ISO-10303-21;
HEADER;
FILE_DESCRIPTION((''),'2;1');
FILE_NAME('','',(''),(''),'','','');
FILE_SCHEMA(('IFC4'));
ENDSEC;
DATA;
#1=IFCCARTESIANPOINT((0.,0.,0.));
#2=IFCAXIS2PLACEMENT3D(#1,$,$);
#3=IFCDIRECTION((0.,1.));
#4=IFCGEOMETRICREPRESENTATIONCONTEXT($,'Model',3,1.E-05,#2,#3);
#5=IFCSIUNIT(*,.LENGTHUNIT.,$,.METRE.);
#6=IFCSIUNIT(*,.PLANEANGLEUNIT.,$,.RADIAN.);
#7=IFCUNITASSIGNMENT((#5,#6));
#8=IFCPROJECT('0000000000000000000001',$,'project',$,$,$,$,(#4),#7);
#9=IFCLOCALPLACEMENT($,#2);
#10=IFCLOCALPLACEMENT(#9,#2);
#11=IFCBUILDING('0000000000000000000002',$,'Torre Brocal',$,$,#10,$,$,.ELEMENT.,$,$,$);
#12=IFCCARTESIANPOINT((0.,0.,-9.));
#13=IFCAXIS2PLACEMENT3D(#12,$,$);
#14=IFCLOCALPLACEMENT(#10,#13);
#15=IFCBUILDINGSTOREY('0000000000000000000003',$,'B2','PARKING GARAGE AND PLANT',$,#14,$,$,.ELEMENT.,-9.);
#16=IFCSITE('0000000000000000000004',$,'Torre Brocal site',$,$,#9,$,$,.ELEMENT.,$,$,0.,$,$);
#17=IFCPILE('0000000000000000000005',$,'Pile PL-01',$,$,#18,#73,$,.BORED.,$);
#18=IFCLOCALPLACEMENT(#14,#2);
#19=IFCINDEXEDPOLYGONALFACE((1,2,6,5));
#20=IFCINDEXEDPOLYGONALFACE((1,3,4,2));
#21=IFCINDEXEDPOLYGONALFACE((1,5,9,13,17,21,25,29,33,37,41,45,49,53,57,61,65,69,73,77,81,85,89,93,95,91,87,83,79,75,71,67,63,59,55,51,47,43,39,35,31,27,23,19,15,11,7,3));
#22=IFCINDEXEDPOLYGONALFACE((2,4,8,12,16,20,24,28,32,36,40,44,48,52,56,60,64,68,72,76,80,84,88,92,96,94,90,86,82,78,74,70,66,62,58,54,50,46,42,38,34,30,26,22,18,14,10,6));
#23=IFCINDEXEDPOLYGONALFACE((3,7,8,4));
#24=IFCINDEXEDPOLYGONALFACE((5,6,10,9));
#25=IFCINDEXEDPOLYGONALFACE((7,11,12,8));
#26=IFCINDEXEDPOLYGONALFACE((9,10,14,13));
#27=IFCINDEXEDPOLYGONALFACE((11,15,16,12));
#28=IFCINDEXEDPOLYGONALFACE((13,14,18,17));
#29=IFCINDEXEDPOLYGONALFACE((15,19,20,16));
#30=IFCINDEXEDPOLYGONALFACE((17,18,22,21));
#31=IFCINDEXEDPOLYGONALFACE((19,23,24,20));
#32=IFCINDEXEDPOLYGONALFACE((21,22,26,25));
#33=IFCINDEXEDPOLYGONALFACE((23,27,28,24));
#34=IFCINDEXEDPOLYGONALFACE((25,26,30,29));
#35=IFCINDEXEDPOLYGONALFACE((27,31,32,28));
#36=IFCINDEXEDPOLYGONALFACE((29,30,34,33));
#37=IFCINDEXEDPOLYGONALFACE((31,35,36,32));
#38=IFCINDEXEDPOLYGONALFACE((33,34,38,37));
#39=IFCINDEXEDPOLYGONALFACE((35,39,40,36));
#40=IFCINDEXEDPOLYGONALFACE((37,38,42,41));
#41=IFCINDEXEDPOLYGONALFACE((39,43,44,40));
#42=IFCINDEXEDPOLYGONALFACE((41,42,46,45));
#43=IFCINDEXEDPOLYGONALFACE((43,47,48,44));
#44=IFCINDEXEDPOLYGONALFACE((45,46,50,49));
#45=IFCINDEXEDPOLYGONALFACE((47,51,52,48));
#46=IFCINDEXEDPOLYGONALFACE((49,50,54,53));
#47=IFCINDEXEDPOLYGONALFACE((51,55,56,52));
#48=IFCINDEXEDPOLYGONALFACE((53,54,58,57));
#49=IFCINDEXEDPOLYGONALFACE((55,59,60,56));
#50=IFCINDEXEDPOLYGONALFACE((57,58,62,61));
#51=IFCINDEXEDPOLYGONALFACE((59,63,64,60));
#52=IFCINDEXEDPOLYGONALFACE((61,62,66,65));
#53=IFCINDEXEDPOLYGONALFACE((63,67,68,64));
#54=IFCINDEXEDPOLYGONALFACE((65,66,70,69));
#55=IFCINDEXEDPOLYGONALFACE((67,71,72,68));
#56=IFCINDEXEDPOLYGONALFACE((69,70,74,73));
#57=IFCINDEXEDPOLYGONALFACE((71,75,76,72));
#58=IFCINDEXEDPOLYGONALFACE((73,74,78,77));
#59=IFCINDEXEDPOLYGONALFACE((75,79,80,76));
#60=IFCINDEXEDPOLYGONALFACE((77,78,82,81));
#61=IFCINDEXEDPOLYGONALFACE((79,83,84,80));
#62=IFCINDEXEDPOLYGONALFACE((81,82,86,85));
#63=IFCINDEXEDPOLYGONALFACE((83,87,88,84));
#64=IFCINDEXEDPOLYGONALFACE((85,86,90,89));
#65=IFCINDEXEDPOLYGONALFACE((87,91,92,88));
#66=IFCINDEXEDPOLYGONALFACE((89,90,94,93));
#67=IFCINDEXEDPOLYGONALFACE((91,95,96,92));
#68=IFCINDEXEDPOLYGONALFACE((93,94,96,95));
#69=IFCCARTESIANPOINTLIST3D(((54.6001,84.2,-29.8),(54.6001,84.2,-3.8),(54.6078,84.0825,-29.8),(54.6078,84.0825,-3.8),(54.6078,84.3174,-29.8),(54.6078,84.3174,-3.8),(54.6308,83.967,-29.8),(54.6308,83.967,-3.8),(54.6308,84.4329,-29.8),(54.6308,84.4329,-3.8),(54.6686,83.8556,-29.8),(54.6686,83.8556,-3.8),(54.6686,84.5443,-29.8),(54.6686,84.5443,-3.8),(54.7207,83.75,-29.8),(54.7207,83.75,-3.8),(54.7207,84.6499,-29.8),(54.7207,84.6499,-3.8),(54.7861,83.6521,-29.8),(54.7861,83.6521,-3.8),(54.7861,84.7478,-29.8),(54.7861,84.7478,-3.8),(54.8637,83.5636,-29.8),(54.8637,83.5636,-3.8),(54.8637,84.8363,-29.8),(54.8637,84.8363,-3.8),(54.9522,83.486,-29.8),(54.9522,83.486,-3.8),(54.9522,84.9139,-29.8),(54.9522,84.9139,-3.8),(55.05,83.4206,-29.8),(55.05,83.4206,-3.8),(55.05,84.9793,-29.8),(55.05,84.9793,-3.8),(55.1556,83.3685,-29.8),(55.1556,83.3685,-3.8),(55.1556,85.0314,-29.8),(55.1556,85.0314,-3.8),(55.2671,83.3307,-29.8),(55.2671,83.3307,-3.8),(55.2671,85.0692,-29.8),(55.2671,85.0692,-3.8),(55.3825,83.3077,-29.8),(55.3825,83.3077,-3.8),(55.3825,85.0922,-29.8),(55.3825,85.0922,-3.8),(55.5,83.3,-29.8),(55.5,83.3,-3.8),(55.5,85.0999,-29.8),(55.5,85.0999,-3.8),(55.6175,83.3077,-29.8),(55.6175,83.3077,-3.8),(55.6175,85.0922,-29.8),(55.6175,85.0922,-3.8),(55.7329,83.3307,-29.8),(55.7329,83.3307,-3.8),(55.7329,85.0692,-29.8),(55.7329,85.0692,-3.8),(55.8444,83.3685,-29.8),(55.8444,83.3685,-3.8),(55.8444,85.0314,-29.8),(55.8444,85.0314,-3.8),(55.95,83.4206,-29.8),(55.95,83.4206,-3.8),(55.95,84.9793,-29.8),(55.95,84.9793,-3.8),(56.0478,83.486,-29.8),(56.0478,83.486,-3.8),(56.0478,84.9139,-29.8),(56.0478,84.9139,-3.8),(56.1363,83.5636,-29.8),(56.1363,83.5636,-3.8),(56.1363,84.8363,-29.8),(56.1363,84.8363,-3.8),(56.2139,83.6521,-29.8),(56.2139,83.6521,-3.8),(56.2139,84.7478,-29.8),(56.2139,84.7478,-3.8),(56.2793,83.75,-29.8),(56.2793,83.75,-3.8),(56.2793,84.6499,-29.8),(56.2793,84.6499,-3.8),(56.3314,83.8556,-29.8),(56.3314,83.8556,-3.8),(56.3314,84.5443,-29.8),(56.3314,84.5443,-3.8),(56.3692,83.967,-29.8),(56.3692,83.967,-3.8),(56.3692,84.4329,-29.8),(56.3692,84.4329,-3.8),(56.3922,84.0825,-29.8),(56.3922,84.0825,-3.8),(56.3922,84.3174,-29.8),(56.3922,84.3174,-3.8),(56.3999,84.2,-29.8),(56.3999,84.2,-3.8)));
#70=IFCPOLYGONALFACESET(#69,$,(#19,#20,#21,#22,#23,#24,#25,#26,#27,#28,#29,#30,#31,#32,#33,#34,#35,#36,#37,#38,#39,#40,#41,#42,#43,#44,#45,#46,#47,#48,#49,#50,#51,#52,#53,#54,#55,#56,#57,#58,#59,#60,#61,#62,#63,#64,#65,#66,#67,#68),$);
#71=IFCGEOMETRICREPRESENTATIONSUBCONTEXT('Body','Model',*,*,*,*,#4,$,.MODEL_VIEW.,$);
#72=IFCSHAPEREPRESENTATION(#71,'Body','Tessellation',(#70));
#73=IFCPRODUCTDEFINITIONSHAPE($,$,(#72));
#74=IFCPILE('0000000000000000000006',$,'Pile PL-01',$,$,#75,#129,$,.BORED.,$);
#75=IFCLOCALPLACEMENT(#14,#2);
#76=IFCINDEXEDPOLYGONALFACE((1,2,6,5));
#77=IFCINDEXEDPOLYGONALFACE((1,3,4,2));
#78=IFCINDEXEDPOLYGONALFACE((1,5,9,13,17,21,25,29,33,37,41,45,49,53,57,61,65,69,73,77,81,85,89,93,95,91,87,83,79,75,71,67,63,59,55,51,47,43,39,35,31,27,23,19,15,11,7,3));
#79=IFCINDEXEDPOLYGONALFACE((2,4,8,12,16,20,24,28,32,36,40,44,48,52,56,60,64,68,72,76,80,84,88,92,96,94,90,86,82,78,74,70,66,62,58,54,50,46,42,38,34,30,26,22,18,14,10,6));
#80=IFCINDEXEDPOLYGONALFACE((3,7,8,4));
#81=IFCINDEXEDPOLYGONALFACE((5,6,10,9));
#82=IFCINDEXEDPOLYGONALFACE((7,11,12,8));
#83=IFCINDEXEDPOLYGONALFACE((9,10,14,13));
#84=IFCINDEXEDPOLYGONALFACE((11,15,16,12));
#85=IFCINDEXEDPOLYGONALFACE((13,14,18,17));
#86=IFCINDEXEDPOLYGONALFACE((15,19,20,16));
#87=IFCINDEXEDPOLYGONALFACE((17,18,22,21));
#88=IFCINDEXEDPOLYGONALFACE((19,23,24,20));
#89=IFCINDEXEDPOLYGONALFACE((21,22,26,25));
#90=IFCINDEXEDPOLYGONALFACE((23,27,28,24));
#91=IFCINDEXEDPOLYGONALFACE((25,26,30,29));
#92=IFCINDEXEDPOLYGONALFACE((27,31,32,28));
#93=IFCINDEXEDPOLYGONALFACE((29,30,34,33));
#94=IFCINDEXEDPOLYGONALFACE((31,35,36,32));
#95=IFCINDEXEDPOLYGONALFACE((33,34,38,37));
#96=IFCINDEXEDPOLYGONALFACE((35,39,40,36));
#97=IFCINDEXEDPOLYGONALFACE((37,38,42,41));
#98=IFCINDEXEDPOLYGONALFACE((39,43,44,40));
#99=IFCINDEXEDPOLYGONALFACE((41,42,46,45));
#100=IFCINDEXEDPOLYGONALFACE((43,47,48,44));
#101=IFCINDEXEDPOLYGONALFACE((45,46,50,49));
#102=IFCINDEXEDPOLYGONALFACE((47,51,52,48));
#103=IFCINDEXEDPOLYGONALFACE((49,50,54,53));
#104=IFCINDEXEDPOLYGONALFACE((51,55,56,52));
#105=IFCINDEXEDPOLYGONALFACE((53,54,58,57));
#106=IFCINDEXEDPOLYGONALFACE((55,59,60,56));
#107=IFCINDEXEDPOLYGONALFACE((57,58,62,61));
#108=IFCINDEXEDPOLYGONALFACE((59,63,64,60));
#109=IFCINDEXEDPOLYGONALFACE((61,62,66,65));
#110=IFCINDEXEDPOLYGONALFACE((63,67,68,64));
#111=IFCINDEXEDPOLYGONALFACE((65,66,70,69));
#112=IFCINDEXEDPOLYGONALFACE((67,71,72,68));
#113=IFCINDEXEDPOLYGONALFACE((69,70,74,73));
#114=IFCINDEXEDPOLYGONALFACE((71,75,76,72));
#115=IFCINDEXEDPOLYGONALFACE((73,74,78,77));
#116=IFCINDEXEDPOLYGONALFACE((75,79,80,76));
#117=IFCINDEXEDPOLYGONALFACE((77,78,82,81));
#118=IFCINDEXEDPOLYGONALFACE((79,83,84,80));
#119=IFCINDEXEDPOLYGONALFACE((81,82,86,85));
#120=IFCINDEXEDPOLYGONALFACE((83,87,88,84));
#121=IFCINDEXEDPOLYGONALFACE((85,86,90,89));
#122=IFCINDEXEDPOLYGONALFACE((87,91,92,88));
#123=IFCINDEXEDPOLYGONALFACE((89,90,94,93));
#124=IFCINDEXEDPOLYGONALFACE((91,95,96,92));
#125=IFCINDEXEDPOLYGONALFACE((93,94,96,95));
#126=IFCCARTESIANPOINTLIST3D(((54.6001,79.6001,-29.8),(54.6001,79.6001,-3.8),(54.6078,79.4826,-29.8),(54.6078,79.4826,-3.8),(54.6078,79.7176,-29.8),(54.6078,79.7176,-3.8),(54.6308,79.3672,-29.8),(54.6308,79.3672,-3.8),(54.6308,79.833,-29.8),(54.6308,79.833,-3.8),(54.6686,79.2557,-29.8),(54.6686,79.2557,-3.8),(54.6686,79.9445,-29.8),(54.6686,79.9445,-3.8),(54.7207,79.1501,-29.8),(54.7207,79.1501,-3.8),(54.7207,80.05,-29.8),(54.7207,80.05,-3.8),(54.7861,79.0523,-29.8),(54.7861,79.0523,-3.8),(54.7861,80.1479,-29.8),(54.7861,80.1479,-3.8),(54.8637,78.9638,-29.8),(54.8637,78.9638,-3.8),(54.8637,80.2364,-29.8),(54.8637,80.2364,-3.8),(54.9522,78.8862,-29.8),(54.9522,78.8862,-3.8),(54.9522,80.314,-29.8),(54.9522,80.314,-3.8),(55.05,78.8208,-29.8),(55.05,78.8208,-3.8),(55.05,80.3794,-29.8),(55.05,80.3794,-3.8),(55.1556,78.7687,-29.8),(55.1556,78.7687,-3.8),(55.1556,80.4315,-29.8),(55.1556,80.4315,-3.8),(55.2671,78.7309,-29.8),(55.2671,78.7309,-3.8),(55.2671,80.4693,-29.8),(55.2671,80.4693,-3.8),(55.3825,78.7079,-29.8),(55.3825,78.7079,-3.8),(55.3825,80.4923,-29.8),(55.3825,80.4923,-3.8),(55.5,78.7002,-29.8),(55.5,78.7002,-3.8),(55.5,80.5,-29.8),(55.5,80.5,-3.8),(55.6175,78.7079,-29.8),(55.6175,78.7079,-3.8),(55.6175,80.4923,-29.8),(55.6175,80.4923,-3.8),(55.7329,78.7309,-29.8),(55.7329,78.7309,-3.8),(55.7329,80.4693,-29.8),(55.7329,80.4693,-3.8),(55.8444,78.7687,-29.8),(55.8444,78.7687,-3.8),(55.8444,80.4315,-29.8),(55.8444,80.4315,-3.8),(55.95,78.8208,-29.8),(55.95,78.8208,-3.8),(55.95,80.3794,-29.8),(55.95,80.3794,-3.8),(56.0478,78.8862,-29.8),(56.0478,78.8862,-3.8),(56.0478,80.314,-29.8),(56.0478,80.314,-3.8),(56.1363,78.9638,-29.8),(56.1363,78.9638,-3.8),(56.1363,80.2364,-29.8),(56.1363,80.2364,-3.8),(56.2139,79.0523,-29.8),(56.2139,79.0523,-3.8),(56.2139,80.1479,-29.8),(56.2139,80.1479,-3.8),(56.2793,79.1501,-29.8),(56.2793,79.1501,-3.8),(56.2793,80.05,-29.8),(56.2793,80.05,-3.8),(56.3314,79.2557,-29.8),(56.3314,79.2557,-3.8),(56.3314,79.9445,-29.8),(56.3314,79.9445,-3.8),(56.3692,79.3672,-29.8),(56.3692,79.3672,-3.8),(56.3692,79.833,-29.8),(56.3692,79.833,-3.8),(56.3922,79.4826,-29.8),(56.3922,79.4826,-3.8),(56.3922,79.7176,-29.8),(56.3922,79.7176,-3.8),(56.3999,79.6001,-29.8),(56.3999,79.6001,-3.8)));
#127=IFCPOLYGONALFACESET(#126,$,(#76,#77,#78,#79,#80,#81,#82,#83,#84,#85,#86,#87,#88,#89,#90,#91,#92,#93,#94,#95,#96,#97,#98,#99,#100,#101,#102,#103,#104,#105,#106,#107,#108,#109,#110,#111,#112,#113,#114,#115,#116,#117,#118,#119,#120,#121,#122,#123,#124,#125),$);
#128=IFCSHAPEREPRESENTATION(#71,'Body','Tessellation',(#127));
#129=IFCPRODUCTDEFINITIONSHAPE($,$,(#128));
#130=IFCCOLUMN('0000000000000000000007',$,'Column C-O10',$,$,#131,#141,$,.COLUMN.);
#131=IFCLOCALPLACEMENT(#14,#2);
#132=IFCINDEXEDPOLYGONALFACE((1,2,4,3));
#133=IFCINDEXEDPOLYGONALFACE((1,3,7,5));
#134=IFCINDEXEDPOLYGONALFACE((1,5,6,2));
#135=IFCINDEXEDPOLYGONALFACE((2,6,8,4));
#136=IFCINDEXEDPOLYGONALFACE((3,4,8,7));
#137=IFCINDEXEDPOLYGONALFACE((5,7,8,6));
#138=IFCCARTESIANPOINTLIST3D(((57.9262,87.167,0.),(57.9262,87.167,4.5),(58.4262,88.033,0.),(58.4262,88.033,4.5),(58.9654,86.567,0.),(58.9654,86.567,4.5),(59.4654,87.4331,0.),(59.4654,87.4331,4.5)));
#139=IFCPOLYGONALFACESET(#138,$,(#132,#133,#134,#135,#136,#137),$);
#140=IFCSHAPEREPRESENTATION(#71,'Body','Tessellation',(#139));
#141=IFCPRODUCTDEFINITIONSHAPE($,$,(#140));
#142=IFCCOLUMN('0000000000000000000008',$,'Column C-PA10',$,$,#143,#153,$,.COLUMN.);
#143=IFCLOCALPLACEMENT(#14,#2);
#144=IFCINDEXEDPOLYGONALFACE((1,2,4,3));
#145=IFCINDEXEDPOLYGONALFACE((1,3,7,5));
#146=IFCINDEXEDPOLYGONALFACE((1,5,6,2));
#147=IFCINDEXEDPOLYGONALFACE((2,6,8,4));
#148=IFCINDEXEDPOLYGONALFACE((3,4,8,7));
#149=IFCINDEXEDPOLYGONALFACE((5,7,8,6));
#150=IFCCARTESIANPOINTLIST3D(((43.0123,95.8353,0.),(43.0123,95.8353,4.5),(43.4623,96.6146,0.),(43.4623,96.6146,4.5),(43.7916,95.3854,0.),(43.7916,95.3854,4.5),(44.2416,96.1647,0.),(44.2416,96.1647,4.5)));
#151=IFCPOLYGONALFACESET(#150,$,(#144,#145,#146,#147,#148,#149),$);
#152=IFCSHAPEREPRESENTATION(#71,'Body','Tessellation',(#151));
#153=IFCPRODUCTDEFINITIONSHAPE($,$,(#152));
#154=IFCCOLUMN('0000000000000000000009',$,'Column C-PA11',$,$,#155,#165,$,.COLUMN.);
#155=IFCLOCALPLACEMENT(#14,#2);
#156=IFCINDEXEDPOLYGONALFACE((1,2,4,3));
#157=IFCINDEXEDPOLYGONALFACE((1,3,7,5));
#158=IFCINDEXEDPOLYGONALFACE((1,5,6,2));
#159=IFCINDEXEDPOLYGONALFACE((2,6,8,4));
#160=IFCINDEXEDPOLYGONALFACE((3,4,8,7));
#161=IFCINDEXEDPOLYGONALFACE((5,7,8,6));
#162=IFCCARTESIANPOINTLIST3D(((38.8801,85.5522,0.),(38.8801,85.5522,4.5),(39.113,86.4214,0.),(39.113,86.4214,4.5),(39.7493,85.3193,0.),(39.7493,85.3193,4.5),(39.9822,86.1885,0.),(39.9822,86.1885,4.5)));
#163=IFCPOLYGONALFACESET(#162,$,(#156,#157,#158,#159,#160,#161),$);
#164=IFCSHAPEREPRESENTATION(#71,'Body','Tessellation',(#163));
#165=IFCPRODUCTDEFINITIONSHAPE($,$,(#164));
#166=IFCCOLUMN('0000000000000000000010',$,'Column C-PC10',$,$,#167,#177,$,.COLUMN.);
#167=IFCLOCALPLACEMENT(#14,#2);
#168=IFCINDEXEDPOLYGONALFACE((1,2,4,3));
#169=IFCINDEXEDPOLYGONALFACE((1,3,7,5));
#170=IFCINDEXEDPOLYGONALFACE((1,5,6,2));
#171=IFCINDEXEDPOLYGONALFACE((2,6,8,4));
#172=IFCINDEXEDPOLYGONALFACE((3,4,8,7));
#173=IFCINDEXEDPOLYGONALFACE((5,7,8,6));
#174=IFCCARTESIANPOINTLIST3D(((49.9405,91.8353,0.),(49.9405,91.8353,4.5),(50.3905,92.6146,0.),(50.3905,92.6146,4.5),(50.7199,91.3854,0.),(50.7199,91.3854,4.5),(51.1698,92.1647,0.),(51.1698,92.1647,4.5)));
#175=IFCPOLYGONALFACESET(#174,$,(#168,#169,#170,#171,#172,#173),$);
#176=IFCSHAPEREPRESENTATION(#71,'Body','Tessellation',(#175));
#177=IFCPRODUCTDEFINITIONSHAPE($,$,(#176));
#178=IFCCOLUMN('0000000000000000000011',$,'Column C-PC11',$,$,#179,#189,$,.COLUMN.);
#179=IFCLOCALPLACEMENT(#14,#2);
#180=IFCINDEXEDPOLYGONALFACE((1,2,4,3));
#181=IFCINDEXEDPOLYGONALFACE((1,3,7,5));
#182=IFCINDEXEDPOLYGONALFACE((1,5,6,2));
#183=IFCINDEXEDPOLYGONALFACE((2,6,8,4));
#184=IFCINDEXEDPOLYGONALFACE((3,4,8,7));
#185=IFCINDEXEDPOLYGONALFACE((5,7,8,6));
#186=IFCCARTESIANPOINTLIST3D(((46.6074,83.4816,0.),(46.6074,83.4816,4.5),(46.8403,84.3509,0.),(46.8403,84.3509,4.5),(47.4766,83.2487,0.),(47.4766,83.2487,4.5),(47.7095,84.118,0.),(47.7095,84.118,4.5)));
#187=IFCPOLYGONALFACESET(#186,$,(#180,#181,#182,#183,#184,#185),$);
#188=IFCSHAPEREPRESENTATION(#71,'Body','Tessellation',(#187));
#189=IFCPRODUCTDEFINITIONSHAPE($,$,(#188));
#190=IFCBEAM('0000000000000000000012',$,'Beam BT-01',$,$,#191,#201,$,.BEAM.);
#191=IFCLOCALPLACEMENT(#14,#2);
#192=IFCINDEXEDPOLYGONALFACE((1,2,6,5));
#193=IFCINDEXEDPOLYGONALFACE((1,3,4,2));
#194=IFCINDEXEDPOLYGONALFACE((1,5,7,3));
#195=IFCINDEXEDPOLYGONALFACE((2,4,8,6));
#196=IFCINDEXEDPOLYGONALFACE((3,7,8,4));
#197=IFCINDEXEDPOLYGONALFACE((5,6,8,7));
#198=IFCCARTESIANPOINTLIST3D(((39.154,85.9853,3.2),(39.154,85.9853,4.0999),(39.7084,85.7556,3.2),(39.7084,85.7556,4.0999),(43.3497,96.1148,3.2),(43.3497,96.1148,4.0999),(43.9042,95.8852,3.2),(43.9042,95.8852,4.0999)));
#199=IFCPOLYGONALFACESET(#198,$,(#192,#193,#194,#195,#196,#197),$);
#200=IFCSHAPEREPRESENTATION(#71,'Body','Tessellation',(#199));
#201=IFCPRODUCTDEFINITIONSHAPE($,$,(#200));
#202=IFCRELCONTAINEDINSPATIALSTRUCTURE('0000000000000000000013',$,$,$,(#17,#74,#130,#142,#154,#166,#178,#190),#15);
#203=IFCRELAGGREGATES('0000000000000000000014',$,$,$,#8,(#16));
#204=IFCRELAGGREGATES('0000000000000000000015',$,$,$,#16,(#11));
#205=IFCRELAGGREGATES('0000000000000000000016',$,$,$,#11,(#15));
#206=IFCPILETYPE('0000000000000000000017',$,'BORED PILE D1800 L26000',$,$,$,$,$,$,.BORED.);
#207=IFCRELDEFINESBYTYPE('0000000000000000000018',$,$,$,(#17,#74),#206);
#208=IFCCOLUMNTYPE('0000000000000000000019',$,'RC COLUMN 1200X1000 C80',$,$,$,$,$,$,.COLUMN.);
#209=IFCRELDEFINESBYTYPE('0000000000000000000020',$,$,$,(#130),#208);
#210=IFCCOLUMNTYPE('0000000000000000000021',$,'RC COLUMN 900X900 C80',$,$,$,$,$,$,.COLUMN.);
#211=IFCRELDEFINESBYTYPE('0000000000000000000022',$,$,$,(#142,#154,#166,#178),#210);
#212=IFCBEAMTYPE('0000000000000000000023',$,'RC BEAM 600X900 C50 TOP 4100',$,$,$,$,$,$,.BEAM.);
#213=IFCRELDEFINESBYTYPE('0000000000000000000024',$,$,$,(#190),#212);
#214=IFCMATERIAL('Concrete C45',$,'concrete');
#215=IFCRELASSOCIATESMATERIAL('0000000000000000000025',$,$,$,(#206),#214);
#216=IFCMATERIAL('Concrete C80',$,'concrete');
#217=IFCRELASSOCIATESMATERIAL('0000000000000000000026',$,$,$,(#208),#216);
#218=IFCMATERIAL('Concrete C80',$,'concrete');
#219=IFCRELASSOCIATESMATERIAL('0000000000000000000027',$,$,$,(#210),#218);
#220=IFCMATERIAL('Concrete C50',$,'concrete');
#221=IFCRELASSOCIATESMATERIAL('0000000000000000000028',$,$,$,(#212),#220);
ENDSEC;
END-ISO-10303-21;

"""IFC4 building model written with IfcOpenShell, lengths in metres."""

from ifc_helpers import new_model, si_unit, direction, frame, origin, origin_2d, place, context, subcontext, project, spatial, rectangle, circle, extrude, material, material_profile, profile_set, type_object, element, save


model = new_model("IFC4")

# Units and contexts
model_context = context("Model", 3, precision=1e-05, world=origin(), true_north=direction((0.0, 1.0)))
body_context = subcontext(model_context, "Body", "Model", "MODEL_VIEW")
ifc_project = project(units=[si_unit("LENGTHUNIT", "METRE"), si_unit("PLANEANGLEUNIT", "RADIAN")], contexts=[model_context])

# Site, building, storey
site_placement = place(None, origin())
site = spatial("IfcSite", under=ifc_project, at=site_placement, Name="Torre Brocal site", CompositionType="ELEMENT", RefElevation=0.0)
building_placement = place(site_placement, origin())
building = spatial("IfcBuilding", under=site, at=building_placement, Name="Torre Brocal", CompositionType="ELEMENT")
storey_placement = place(building_placement, frame((0.0, 0.0, -9.0)))
storey = spatial("IfcBuildingStorey", under=building, at=storey_placement, Name="B2", Description="PARKING GARAGE AND PLANT", CompositionType="ELEMENT", Elevation=-9.0)

# Piles
ifc_material_1 = material(Name="Concrete C45", Category="concrete")
ifc_material_profile_1 = material_profile(ifc_material_1, circle(Radius=0.8999, at=origin_2d()), Name="BORED PILE D1800")
ifc_profile_set_1 = profile_set([ifc_material_profile_1], Name="Concrete C45")
pile_type_1 = type_object("IfcPileType", Name="BORED PILE D1800 L26000", PredefinedType="BORED", material=ifc_profile_set_1)
for number, where, z_axis, x_axis, name in (
    (1, (55.5, 84.2, -3.8), (0.0, 0.0, -1.0), (1.0, 0.0, 0.0), "Pile PL-01"),
    (2, (55.5, 79.6001, -3.8), (0.0, 0.0, -1.0), (1.0, 0.0, 0.0), "Pile PL-01"),
):
    element("IfcPile", number, at=place(storey_placement, frame(where, z_axis=z_axis, x_axis=x_axis)), inside=storey, type_object=pile_type_1, Name=name, PredefinedType="BORED", context=body_context, shape_type="SweptSolid", body=[
        extrude(circle(Radius=0.8999, at=origin_2d()), origin(), (0.0, 0.0, 1.0), 26.0),
    ])

# Columns
ifc_material_2 = material(Name="Concrete C80", Category="concrete")
ifc_material_profile_2 = material_profile(ifc_material_2, rectangle(XDim=1.2, YDim=1.0, at=origin_2d()), Name="RC 1200X1000")
ifc_profile_set_2 = profile_set([ifc_material_profile_2], Name="Concrete C80")
column_type_1 = type_object("IfcColumnType", Name="RC COLUMN 1200X1000 C80", PredefinedType="COLUMN", material=ifc_profile_set_2)
column_placement = place(storey_placement, frame((58.6958, 87.3, 0.0), z_axis=(0.0, 0.0, 1.0), x_axis=(-0.866025, 0.5, 0.0)))
element("IfcColumn", 3, at=column_placement, inside=storey, type_object=column_type_1, Name="Column C-O10", PredefinedType="COLUMN", context=body_context, shape_type="SweptSolid", body=[
    extrude(rectangle(XDim=1.2, YDim=1.0, at=origin_2d()), origin(), (0.0, 0.0, 1.0), 4.5),
])
ifc_material_3 = material(Name="Concrete C80", Category="concrete")
ifc_material_profile_3 = material_profile(ifc_material_3, rectangle(XDim=0.8999, YDim=0.8999, at=origin_2d()), Name="RC 900X900")
ifc_profile_set_3 = profile_set([ifc_material_profile_3], Name="Concrete C80")
column_type_2 = type_object("IfcColumnType", Name="RC COLUMN 900X900 C80", PredefinedType="COLUMN", material=ifc_profile_set_3)
for number, where, z_axis, x_axis, name in (
    (4, (43.627, 96.0, 0.0), (0.0, 0.0, 1.0), (-0.866025, 0.5, 0.0), "Column C-PA10"),
    (5, (39.4312, 85.8704, 0.0), (0.0, 0.0, 1.0), (-0.965926, 0.258819, 0.0), "Column C-PA11"),
    (6, (50.5552, 92.0, 0.0), (0.0, 0.0, 1.0), (-0.866025, 0.5, 0.0), "Column C-PC10"),
    (7, (47.1584, 83.7998, 0.0), (0.0, 0.0, 1.0), (-0.965926, 0.258819, 0.0), "Column C-PC11"),
):
    element("IfcColumn", number, at=place(storey_placement, frame(where, z_axis=z_axis, x_axis=x_axis)), inside=storey, type_object=column_type_2, Name=name, PredefinedType="COLUMN", context=body_context, shape_type="SweptSolid", body=[
        extrude(rectangle(XDim=0.8999, YDim=0.8999, at=origin_2d()), origin(), (0.0, 0.0, 1.0), 4.5),
    ])

# Beam
ifc_material_4 = material(Name="Concrete C50", Category="concrete")
ifc_material_profile_4 = material_profile(ifc_material_4, rectangle(XDim=0.6001, YDim=0.8999, at=origin_2d()), Name="RC 600X900")
ifc_profile_set_4 = profile_set([ifc_material_profile_4], Name="Concrete C50")
beam_type_1 = type_object("IfcBeamType", Name="RC BEAM 600X900 C50 TOP 4100", PredefinedType="BEAM", material=ifc_profile_set_4)
for number, where, z_axis, x_axis, name in (
    (8, (43.627, 96.0, 3.6499), (-0.382681, -0.923881, 0.0), (0.923881, -0.382681, 0.0), "Beam BT-01"),
):
    element("IfcBeam", number, at=place(storey_placement, frame(where, z_axis=z_axis, x_axis=x_axis)), inside=storey, type_object=beam_type_1, Name=name, PredefinedType="BEAM", context=body_context, shape_type="SweptSolid", body=[
        extrude(rectangle(XDim=0.6001, YDim=0.8999, at=origin_2d()), origin(), (0.0, 0.0, 1.0), 10.9641),
    ])

save(model, "model.ifc")
